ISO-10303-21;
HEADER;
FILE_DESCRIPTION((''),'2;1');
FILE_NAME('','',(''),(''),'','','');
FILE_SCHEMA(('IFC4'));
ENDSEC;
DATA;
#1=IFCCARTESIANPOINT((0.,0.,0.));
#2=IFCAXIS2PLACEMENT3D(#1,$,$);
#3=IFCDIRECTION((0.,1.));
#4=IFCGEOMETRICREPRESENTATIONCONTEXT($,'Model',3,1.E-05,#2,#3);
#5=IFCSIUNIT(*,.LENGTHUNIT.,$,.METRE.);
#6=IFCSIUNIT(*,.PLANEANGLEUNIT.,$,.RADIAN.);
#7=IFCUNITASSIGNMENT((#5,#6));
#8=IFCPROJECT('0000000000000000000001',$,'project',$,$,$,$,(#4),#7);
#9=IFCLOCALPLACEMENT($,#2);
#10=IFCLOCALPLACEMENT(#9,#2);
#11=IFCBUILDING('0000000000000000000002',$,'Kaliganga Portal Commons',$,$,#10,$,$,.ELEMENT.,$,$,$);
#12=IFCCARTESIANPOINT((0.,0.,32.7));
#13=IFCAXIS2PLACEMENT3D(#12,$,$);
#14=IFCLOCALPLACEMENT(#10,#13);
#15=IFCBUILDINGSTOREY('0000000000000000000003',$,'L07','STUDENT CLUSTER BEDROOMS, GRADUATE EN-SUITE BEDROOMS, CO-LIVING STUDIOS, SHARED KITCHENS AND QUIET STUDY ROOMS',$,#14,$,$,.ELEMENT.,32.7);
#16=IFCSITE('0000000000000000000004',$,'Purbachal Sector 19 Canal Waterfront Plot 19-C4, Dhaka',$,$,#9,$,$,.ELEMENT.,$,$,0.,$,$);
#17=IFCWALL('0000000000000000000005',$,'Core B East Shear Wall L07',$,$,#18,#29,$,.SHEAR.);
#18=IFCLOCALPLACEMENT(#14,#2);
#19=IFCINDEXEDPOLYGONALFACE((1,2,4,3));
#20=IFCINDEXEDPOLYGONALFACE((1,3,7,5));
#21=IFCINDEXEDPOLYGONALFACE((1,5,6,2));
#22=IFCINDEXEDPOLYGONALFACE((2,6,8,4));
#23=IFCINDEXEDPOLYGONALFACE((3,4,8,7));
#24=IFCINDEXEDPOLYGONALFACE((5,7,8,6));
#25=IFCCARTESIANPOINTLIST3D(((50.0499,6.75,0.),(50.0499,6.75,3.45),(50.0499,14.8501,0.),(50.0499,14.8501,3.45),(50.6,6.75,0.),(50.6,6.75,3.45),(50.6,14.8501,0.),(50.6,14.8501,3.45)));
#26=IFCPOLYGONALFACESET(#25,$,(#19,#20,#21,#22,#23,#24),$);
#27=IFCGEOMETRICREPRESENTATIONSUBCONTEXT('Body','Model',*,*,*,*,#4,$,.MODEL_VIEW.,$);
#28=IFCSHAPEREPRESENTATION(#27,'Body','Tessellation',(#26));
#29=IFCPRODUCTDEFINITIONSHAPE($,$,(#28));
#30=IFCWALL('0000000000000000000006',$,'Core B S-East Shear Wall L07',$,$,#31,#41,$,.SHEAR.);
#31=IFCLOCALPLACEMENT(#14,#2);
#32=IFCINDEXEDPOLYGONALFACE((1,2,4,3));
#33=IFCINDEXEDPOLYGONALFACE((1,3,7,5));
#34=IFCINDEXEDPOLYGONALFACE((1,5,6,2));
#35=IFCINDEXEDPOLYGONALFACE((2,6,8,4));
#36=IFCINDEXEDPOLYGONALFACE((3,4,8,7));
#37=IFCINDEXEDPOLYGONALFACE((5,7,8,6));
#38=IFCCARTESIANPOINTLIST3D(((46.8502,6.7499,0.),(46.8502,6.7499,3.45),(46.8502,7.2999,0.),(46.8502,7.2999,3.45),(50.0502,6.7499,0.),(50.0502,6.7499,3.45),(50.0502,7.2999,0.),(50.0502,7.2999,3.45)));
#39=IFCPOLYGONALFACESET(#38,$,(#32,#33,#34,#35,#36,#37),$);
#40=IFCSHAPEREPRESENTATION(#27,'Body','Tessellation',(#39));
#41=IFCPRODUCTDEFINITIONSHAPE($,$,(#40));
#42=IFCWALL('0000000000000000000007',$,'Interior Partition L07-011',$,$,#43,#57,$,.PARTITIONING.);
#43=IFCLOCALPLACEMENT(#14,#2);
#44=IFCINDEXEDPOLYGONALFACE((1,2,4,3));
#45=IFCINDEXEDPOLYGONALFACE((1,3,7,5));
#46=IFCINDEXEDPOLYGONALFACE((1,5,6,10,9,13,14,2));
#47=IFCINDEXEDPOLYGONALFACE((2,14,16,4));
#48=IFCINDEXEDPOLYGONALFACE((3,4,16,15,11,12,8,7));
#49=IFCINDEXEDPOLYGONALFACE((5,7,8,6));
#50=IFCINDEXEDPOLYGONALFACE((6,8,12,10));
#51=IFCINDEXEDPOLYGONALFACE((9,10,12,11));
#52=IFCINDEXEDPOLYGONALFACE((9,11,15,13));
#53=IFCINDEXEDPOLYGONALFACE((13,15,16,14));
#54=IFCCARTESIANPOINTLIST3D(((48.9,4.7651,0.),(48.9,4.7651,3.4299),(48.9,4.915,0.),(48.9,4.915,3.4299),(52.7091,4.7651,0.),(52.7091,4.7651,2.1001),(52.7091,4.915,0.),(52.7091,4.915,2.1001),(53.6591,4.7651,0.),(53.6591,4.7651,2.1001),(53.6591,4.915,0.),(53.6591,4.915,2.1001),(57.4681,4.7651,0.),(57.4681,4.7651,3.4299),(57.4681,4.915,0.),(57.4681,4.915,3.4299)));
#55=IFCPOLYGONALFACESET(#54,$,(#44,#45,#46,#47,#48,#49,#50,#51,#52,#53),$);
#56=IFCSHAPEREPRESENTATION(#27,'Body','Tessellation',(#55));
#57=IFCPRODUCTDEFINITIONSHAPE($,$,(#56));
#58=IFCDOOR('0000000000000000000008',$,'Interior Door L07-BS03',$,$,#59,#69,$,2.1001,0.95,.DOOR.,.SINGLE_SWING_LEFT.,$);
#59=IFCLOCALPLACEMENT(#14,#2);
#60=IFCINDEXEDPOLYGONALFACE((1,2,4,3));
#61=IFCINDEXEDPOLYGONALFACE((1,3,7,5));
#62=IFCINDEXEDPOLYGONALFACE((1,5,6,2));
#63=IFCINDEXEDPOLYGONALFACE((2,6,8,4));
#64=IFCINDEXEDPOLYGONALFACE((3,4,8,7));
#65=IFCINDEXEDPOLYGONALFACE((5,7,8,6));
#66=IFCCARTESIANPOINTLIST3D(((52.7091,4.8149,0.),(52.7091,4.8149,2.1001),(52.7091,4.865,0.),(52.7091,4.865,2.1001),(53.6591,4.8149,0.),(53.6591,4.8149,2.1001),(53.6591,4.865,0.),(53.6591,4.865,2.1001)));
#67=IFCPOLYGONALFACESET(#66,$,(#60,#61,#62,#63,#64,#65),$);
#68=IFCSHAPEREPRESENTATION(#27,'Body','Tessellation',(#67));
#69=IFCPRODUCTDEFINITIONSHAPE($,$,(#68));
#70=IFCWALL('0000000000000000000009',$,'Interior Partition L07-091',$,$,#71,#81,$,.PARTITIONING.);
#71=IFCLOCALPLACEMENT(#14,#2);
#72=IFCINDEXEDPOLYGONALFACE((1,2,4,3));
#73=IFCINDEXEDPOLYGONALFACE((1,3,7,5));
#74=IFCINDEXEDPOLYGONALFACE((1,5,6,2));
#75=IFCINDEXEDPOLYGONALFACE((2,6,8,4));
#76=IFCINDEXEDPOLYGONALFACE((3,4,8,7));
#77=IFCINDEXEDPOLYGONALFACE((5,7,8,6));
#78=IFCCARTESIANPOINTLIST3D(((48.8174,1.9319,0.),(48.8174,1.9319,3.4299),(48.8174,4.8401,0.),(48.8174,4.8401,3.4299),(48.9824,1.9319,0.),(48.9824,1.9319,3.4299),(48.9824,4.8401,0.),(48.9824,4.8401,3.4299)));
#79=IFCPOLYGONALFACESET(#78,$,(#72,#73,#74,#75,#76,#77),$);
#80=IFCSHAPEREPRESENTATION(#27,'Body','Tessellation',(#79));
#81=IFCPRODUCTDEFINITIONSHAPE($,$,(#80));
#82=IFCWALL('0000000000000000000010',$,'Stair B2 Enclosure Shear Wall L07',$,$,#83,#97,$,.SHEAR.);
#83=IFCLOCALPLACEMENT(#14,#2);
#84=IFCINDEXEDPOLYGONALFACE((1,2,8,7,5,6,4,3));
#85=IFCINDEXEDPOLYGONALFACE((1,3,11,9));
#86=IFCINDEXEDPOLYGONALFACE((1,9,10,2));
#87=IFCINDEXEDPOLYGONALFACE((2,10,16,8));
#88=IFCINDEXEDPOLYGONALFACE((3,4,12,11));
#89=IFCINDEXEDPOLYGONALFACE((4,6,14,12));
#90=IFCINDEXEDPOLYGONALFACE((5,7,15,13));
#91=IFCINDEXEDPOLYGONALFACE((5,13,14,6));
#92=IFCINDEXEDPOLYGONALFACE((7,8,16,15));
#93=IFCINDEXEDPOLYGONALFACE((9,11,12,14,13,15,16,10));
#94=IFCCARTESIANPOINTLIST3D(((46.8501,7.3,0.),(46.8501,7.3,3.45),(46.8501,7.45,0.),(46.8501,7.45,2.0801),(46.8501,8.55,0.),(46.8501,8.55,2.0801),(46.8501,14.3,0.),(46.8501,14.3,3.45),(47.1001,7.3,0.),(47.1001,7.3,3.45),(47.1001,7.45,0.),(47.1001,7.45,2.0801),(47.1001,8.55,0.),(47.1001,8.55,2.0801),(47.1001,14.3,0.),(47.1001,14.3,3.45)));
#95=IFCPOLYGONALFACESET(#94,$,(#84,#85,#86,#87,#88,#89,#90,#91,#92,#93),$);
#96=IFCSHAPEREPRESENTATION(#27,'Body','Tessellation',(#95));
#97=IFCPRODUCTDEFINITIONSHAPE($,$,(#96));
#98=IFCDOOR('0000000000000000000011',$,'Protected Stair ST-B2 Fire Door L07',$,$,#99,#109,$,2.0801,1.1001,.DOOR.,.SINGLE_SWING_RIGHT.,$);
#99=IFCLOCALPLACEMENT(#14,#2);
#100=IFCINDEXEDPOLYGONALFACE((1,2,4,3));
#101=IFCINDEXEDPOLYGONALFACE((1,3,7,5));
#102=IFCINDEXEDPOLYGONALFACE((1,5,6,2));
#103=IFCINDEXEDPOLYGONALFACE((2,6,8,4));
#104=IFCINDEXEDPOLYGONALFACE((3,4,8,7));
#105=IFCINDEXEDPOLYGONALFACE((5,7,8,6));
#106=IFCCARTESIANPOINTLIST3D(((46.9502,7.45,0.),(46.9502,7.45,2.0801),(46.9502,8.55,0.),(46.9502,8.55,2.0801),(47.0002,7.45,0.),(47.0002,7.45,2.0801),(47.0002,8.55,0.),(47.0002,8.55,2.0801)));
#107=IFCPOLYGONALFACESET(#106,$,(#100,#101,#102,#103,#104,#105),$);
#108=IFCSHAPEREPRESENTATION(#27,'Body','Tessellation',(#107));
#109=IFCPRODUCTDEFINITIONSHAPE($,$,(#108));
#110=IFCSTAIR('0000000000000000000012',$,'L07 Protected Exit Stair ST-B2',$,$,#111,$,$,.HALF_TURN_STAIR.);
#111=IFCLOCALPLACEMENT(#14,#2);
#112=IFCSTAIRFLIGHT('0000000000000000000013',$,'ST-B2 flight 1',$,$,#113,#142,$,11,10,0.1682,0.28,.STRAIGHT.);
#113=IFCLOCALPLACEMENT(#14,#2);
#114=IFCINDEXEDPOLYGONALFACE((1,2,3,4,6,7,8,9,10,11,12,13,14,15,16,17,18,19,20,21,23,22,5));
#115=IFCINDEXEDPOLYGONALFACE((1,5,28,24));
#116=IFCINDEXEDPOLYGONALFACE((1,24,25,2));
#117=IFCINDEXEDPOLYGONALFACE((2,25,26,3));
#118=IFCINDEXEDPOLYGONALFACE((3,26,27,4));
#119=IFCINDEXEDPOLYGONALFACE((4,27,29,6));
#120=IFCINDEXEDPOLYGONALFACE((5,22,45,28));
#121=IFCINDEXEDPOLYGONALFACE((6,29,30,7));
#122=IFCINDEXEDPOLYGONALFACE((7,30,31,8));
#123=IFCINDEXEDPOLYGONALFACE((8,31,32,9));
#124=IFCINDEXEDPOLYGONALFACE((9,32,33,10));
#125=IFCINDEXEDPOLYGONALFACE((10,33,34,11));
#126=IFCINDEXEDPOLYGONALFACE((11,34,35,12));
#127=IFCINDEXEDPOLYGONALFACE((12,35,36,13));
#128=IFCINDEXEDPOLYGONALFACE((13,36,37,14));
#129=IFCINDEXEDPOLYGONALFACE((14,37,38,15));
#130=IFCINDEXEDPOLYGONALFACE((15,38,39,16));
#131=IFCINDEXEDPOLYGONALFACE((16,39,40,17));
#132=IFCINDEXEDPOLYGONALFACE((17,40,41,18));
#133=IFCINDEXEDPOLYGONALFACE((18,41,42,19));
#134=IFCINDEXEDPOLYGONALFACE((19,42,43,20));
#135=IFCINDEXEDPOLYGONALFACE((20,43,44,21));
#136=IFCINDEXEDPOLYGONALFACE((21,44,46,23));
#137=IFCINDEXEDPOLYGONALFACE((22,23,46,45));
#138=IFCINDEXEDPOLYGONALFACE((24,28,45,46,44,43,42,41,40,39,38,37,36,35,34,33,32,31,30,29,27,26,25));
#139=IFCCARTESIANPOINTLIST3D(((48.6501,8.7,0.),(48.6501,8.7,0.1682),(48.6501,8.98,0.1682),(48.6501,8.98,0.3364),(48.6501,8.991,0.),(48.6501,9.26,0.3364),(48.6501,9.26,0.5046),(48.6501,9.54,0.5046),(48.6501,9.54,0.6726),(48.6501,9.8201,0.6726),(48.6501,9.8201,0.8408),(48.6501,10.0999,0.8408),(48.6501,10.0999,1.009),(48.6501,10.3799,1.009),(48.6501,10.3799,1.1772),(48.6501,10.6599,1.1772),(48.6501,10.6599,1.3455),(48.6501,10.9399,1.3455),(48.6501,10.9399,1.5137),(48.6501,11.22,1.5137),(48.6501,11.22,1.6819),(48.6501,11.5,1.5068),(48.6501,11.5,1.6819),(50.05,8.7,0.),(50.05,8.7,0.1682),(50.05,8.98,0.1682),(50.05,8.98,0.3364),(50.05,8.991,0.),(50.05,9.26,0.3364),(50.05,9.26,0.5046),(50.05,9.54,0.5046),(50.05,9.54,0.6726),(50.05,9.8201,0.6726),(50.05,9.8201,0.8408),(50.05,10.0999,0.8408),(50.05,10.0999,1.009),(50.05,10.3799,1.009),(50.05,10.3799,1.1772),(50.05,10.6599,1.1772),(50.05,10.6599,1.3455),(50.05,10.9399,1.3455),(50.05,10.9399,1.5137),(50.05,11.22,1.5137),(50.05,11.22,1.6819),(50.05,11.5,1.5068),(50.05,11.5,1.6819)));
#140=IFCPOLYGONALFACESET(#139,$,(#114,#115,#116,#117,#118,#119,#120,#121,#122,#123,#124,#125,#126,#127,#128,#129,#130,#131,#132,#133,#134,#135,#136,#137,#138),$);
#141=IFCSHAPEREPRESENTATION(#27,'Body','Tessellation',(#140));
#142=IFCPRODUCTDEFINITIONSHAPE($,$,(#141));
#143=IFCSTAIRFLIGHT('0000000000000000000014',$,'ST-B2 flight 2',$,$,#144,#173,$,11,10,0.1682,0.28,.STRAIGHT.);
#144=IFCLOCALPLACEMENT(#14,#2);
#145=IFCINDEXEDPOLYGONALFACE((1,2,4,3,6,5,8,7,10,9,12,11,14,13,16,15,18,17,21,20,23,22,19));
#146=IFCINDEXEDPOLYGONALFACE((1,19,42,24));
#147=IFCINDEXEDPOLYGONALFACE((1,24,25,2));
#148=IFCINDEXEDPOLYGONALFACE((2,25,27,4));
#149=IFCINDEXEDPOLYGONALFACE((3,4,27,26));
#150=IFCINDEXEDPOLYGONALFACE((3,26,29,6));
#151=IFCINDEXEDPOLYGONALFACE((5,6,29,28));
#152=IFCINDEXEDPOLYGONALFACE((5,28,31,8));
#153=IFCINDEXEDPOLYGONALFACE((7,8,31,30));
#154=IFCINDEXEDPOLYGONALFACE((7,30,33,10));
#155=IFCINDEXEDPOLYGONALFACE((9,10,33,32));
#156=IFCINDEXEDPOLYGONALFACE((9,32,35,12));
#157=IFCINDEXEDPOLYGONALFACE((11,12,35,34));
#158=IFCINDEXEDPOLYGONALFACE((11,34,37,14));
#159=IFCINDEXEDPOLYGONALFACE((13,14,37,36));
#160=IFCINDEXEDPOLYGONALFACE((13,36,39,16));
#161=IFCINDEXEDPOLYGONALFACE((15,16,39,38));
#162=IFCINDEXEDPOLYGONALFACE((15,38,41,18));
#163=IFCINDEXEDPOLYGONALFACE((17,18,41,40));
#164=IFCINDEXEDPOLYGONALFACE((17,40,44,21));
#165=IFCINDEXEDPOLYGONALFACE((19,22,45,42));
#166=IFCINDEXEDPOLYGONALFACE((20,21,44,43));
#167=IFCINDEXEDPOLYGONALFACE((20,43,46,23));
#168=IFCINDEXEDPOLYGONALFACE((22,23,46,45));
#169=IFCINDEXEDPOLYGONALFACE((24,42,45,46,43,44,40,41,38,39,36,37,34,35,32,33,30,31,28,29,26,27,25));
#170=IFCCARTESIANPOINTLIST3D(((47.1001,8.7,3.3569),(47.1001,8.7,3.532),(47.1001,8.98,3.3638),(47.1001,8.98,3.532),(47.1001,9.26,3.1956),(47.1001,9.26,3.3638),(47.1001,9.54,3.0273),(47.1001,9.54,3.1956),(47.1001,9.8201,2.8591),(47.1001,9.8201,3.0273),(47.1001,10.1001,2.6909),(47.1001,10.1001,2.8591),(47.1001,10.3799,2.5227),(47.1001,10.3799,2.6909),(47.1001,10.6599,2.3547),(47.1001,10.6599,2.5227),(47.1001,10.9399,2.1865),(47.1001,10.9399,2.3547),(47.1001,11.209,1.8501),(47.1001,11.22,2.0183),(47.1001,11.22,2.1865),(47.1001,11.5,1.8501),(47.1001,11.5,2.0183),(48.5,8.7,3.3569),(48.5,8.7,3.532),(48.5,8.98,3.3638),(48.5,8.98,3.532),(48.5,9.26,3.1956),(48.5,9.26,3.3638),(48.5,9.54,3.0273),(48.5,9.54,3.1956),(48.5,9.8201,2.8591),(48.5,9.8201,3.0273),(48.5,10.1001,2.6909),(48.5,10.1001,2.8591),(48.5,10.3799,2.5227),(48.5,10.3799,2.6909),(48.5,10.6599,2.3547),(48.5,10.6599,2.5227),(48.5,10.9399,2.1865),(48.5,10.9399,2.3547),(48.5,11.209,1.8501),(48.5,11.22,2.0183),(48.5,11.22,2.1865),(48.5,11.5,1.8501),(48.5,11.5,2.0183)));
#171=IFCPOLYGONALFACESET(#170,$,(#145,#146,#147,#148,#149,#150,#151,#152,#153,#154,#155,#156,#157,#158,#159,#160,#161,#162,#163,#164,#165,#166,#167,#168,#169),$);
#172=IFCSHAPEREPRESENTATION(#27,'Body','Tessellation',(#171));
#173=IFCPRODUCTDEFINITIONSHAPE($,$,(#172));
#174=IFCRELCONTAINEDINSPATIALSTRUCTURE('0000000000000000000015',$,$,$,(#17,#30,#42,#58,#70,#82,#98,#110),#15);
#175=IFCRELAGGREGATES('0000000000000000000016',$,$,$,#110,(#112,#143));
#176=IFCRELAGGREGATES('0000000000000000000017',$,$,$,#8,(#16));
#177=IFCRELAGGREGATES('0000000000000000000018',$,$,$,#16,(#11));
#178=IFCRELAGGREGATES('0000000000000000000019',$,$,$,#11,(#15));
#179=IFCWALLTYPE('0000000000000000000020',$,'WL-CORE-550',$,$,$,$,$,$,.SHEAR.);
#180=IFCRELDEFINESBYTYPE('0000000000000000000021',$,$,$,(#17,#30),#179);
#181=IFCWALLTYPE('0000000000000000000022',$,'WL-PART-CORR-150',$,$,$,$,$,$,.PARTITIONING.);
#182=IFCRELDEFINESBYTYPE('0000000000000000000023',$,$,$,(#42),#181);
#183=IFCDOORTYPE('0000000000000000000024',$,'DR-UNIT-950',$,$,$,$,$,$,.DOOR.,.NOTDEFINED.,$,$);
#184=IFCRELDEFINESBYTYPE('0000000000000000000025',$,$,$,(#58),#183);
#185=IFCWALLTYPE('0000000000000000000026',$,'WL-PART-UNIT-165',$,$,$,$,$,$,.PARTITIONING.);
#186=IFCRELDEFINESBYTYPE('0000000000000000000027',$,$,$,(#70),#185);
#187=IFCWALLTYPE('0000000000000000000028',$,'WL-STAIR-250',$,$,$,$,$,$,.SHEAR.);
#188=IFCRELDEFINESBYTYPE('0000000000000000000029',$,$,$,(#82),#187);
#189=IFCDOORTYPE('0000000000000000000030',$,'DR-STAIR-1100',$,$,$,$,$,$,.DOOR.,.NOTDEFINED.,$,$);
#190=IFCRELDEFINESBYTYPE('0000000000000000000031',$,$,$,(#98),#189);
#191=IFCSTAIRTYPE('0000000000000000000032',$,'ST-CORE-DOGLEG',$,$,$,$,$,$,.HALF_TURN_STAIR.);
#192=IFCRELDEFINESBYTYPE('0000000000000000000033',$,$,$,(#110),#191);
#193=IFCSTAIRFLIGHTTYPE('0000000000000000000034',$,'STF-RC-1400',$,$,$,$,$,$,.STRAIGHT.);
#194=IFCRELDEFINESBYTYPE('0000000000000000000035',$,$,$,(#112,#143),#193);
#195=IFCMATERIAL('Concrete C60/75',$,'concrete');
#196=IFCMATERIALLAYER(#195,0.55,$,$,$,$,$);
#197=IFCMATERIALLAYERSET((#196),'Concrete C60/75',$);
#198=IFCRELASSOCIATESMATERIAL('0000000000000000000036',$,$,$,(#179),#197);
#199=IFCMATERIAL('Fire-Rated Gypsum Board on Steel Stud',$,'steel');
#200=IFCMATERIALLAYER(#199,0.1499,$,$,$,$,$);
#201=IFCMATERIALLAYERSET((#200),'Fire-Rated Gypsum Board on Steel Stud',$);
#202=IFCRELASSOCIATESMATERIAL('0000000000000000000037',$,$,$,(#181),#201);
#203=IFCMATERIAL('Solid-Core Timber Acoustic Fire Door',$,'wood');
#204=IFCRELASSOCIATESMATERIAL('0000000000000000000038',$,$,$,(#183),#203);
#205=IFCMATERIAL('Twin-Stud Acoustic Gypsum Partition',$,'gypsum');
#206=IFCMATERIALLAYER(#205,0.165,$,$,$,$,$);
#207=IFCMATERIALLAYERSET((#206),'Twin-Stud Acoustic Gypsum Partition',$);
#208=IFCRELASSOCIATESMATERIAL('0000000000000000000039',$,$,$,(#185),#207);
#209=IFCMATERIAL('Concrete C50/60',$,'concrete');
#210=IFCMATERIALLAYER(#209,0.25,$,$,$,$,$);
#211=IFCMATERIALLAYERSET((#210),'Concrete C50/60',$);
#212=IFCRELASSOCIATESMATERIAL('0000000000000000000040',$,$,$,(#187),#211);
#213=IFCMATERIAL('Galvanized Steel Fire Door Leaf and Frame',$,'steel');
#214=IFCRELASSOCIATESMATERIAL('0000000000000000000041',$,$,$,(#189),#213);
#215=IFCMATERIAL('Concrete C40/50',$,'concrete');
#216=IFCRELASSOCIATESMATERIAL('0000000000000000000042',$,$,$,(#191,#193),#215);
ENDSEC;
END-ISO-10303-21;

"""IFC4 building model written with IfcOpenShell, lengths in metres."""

from ifc_helpers import new_model, si_unit, direction, frame, frame_2d, origin, place, context, subcontext, project, spatial, polyline, rectangle, outline, extrude, material, layer, layer_set, type_object, element, fill, aggregate, save


model = new_model("IFC4")

# Units and contexts
model_context = context("Model", 3, precision=1e-05, world=origin(), true_north=direction((0.0, 1.0)))
body_context = subcontext(model_context, "Body", "Model", "MODEL_VIEW")
ifc_project = project(units=[si_unit("LENGTHUNIT", "METRE"), si_unit("PLANEANGLEUNIT", "RADIAN")], contexts=[model_context])

# Site, building, storey
site_placement = place(None, origin())
site = spatial("IfcSite", under=ifc_project, at=site_placement, Name="Purbachal Sector 19 Canal Waterfront Plot 19-C4, Dhaka", CompositionType="ELEMENT", RefElevation=0.0)
building_placement = place(site_placement, origin())
building = spatial("IfcBuilding", under=site, at=building_placement, Name="Kaliganga Portal Commons", CompositionType="ELEMENT")
storey_placement = place(building_placement, frame((0.0, 0.0, 32.7)))
storey = spatial("IfcBuildingStorey", under=building, at=storey_placement, Name="L07", Description="STUDENT CLUSTER BEDROOMS, GRADUATE EN-SUITE BEDROOMS, CO-LIVING STUDIOS, SHARED KITCHENS AND QUIET STUDY ROOMS", CompositionType="ELEMENT", Elevation=32.7)

# Walls
ifc_material_1 = material(Name="Concrete C60/75", Category="concrete")
ifc_layer_1 = layer(ifc_material_1, 0.55)
ifc_layer_set_1 = layer_set([ifc_layer_1], Name="Concrete C60/75")
wall_type_1 = type_object("IfcWallType", Name="WL-CORE-550", PredefinedType="SHEAR", material=ifc_layer_set_1)
wall_1_placement = place(storey_placement, frame((50.325, 6.75, 0.0), z_axis=(0.0, 0.0, 1.0), x_axis=(0.0, 1.0, 0.0)))
element("IfcWall", 1, at=wall_1_placement, inside=storey, type_object=wall_type_1, Name="Core B East Shear Wall L07", PredefinedType="SHEAR", context=body_context, shape_type="SweptSolid", body=[
    extrude(rectangle(XDim=8.1001, YDim=0.55, at=frame_2d((4.05, 0.0))), origin(), (0.0, 0.0, 1.0), 3.45),
])
wall_2_placement = place(storey_placement, frame((46.8501, 7.0249, 0.0), z_axis=(0.0, 0.0, 1.0), x_axis=(1.0, 0.0, 0.0)))
element("IfcWall", 2, at=wall_2_placement, inside=storey, type_object=wall_type_1, Name="Core B S-East Shear Wall L07", PredefinedType="SHEAR", context=body_context, shape_type="SweptSolid", body=[
    extrude(rectangle(XDim=3.2, YDim=0.55, at=frame_2d((1.6001, 0.0))), origin(), (0.0, 0.0, 1.0), 3.45),
])

# Wall, opening, door
ifc_material_2 = material(Name="Fire-Rated Gypsum Board on Steel Stud", Category="steel")
ifc_layer_2 = layer(ifc_material_2, 0.1499)
ifc_layer_set_2 = layer_set([ifc_layer_2], Name="Fire-Rated Gypsum Board on Steel Stud")
wall_type_2 = type_object("IfcWallType", Name="WL-PART-CORR-150", PredefinedType="PARTITIONING", material=ifc_layer_set_2)
wall_3_placement = place(storey_placement, frame((48.8999, 4.8401, 0.0), z_axis=(0.0, 0.0, 1.0), x_axis=(1.0, 0.0, 0.0)))
wall_3 = element("IfcWall", 3, at=wall_3_placement, inside=storey, type_object=wall_type_2, Name="Interior Partition L07-011", PredefinedType="PARTITIONING", context=body_context, shape_type="SweptSolid", body=[
    extrude(rectangle(XDim=8.5681, YDim=0.1499, at=frame_2d((4.2842, 0.0))), origin(), (0.0, 0.0, 1.0), 3.4299),
])
opening_1_placement = place(wall_3_placement, frame((3.8091, 0.0, 0.0)))
opening_1 = element("IfcOpeningElement", 4, at=opening_1_placement, cuts=wall_3, PredefinedType="OPENING", context=body_context, shape_type="SweptSolid", body=[
    extrude(rectangle(XDim=0.95, YDim=2.1001, at=frame_2d((0.4751, 1.05))), frame((0.0, 0.085, 0.0), z_axis=(0.0, -1.0, 0.0), x_axis=(1.0, 0.0, 0.0)), (0.0, 0.0, 1.0), 0.1699),
])
ifc_material_3 = material(Name="Solid-Core Timber Acoustic Fire Door", Category="wood")
door_type_1 = type_object("IfcDoorType", Name="DR-UNIT-950", OperationType="NOTDEFINED", PredefinedType="DOOR", material=ifc_material_3)
door_1_placement = place(opening_1_placement, origin())
door_1 = element("IfcDoor", 5, at=door_1_placement, inside=storey, type_object=door_type_1, Name="Interior Door L07-BS03", OperationType="SINGLE_SWING_LEFT", OverallHeight=2.1001, OverallWidth=0.95, PredefinedType="DOOR", context=body_context, shape_type="SweptSolid", body=[
    extrude(rectangle(XDim=0.95, YDim=2.1001, at=frame_2d((0.4751, 1.05))), frame((0.0, 0.0249, 0.0), z_axis=(0.0, -1.0, 0.0), x_axis=(1.0, 0.0, 0.0)), (0.0, 0.0, 1.0), 0.05),
])
fill(opening_1, door_1)

# Wall
ifc_material_4 = material(Name="Twin-Stud Acoustic Gypsum Partition", Category="gypsum")
ifc_layer_3 = layer(ifc_material_4, 0.165)
ifc_layer_set_3 = layer_set([ifc_layer_3], Name="Twin-Stud Acoustic Gypsum Partition")
wall_type_3 = type_object("IfcWallType", Name="WL-PART-UNIT-165", PredefinedType="PARTITIONING", material=ifc_layer_set_3)
wall_4_placement = place(storey_placement, frame((48.8999, 1.9319, 0.0), z_axis=(0.0, 0.0, 1.0), x_axis=(0.0, 1.0, 0.0)))
element("IfcWall", 6, at=wall_4_placement, inside=storey, type_object=wall_type_3, Name="Interior Partition L07-091", PredefinedType="PARTITIONING", context=body_context, shape_type="SweptSolid", body=[
    extrude(rectangle(XDim=2.9082, YDim=0.165, at=frame_2d((1.4541, 0.0))), origin(), (0.0, 0.0, 1.0), 3.4299),
])

# Wall, opening, door
ifc_material_5 = material(Name="Concrete C50/60", Category="concrete")
ifc_layer_4 = layer(ifc_material_5, 0.25)
ifc_layer_set_4 = layer_set([ifc_layer_4], Name="Concrete C50/60")
wall_type_4 = type_object("IfcWallType", Name="WL-STAIR-250", PredefinedType="SHEAR", material=ifc_layer_set_4)
wall_5_placement = place(storey_placement, frame((46.9751, 7.3, 0.0), z_axis=(0.0, 0.0, 1.0), x_axis=(0.0, 1.0, 0.0)))
wall_5 = element("IfcWall", 7, at=wall_5_placement, inside=storey, type_object=wall_type_4, Name="Stair B2 Enclosure Shear Wall L07", PredefinedType="SHEAR", context=body_context, shape_type="SweptSolid", body=[
    extrude(rectangle(XDim=7.0, YDim=0.25, at=frame_2d((3.5, 0.0))), origin(), (0.0, 0.0, 1.0), 3.45),
])
opening_2_placement = place(wall_5_placement, frame((0.1499, 0.0, 0.0)))
opening_2 = element("IfcOpeningElement", 8, at=opening_2_placement, cuts=wall_5, PredefinedType="OPENING", context=body_context, shape_type="SweptSolid", body=[
    extrude(rectangle(XDim=1.1001, YDim=2.0801, at=frame_2d((0.55, 1.04))), frame((0.0, 0.135, 0.0), z_axis=(0.0, -1.0, 0.0), x_axis=(1.0, 0.0, 0.0)), (0.0, 0.0, 1.0), 0.27),
])
ifc_material_6 = material(Name="Galvanized Steel Fire Door Leaf and Frame", Category="steel")
door_type_2 = type_object("IfcDoorType", Name="DR-STAIR-1100", OperationType="NOTDEFINED", PredefinedType="DOOR", material=ifc_material_6)
door_2_placement = place(opening_2_placement, origin())
door_2 = element("IfcDoor", 9, at=door_2_placement, inside=storey, type_object=door_type_2, Name="Protected Stair ST-B2 Fire Door L07", OperationType="SINGLE_SWING_RIGHT", OverallHeight=2.0801, OverallWidth=1.1001, PredefinedType="DOOR", context=body_context, shape_type="SweptSolid", body=[
    extrude(rectangle(XDim=1.1001, YDim=2.0801, at=frame_2d((0.55, 1.04))), frame((0.0, 0.0249, 0.0), z_axis=(0.0, -1.0, 0.0), x_axis=(1.0, 0.0, 0.0)), (0.0, 0.0, 1.0), 0.05),
])
fill(opening_2, door_2)

# Stair, stair flights
ifc_material_7 = material(Name="Concrete C40/50", Category="concrete")
stair_type = type_object("IfcStairType", Name="ST-CORE-DOGLEG", PredefinedType="HALF_TURN_STAIR", material=ifc_material_7)
stair_placement = place(storey_placement, origin())
stair = element("IfcStair", 10, at=stair_placement, inside=storey, type_object=stair_type, Name="L07 Protected Exit Stair ST-B2", PredefinedType="HALF_TURN_STAIR")
stair_flight_type = type_object("IfcStairFlightType", Name="STF-RC-1400", PredefinedType="STRAIGHT", material=ifc_material_7)
stair_flight_1_placement = place(storey_placement, frame((49.3501, 8.7, 0.0), z_axis=(0.0, 0.0, 1.0), x_axis=(0.0, 1.0, 0.0)))
stair_flight_1 = element("IfcStairFlight", 11, at=stair_flight_1_placement, type_object=stair_flight_type, Name="ST-B2 flight 1", NumberOfRisers=11, NumberOfTreads=10, PredefinedType="STRAIGHT", RiserHeight=0.1682, TreadLength=0.28, context=body_context, shape_type="SweptSolid", body=[
    extrude(outline(polyline([(0.0, 0.0), (0.0, 0.1682), (0.28, 0.1682), (0.28, 0.3364), (0.5601, 0.3364), (0.5601, 0.5046), (0.8401, 0.5046), (0.8401, 0.6726), (1.1201, 0.6726), (1.1201, 0.8408), (1.3999, 0.8408), (1.3999, 1.009), (1.6799, 1.009), (1.6799, 1.1772), (1.96, 1.1772), (1.96, 1.3455), (2.24, 1.3455), (2.24, 1.5137), (2.52, 1.5137), (2.52, 1.6819), (2.8, 1.6819), (2.8, 1.8501), (2.8, 1.5068), (0.291, 0.0), (0.0, 0.0)])), frame((0.0, 0.7, 0.0), z_axis=(0.0, -1.0, 0.0), x_axis=(1.0, 0.0, 0.0)), (0.0, 0.0, 1.0), 1.3999),
])
stair_flight_2_placement = place(storey_placement, frame((47.8, 11.5, 1.8501), z_axis=(0.0, 0.0, 1.0), x_axis=(0.0, -1.0, 0.0)))
stair_flight_2 = element("IfcStairFlight", 12, at=stair_flight_2_placement, type_object=stair_flight_type, Name="ST-B2 flight 2", NumberOfRisers=11, NumberOfTreads=10, PredefinedType="STRAIGHT", RiserHeight=0.1682, TreadLength=0.28, context=body_context, shape_type="SweptSolid", body=[
    extrude(outline(polyline([(0.0, 0.0), (0.0, 0.1682), (0.28, 0.1682), (0.28, 0.3364), (0.5601, 0.3364), (0.5601, 0.5046), (0.8401, 0.5046), (0.8401, 0.6726), (1.1201, 0.6726), (1.1201, 0.8408), (1.3999, 0.8408), (1.3999, 1.009), (1.6799, 1.009), (1.6799, 1.1772), (1.96, 1.1772), (1.96, 1.3455), (2.24, 1.3455), (2.24, 1.5137), (2.52, 1.5137), (2.52, 1.6819), (2.8, 1.6819), (2.8, 1.8501), (2.8, 1.5068), (0.291, 0.0), (0.0, 0.0)])), frame((0.0, 0.7, 0.0), z_axis=(0.0, -1.0, 0.0), x_axis=(1.0, 0.0, 0.0)), (0.0, 0.0, 1.0), 1.3999),
])
aggregate(stair, [stair_flight_1, stair_flight_2])

save(model, "model.ifc")
